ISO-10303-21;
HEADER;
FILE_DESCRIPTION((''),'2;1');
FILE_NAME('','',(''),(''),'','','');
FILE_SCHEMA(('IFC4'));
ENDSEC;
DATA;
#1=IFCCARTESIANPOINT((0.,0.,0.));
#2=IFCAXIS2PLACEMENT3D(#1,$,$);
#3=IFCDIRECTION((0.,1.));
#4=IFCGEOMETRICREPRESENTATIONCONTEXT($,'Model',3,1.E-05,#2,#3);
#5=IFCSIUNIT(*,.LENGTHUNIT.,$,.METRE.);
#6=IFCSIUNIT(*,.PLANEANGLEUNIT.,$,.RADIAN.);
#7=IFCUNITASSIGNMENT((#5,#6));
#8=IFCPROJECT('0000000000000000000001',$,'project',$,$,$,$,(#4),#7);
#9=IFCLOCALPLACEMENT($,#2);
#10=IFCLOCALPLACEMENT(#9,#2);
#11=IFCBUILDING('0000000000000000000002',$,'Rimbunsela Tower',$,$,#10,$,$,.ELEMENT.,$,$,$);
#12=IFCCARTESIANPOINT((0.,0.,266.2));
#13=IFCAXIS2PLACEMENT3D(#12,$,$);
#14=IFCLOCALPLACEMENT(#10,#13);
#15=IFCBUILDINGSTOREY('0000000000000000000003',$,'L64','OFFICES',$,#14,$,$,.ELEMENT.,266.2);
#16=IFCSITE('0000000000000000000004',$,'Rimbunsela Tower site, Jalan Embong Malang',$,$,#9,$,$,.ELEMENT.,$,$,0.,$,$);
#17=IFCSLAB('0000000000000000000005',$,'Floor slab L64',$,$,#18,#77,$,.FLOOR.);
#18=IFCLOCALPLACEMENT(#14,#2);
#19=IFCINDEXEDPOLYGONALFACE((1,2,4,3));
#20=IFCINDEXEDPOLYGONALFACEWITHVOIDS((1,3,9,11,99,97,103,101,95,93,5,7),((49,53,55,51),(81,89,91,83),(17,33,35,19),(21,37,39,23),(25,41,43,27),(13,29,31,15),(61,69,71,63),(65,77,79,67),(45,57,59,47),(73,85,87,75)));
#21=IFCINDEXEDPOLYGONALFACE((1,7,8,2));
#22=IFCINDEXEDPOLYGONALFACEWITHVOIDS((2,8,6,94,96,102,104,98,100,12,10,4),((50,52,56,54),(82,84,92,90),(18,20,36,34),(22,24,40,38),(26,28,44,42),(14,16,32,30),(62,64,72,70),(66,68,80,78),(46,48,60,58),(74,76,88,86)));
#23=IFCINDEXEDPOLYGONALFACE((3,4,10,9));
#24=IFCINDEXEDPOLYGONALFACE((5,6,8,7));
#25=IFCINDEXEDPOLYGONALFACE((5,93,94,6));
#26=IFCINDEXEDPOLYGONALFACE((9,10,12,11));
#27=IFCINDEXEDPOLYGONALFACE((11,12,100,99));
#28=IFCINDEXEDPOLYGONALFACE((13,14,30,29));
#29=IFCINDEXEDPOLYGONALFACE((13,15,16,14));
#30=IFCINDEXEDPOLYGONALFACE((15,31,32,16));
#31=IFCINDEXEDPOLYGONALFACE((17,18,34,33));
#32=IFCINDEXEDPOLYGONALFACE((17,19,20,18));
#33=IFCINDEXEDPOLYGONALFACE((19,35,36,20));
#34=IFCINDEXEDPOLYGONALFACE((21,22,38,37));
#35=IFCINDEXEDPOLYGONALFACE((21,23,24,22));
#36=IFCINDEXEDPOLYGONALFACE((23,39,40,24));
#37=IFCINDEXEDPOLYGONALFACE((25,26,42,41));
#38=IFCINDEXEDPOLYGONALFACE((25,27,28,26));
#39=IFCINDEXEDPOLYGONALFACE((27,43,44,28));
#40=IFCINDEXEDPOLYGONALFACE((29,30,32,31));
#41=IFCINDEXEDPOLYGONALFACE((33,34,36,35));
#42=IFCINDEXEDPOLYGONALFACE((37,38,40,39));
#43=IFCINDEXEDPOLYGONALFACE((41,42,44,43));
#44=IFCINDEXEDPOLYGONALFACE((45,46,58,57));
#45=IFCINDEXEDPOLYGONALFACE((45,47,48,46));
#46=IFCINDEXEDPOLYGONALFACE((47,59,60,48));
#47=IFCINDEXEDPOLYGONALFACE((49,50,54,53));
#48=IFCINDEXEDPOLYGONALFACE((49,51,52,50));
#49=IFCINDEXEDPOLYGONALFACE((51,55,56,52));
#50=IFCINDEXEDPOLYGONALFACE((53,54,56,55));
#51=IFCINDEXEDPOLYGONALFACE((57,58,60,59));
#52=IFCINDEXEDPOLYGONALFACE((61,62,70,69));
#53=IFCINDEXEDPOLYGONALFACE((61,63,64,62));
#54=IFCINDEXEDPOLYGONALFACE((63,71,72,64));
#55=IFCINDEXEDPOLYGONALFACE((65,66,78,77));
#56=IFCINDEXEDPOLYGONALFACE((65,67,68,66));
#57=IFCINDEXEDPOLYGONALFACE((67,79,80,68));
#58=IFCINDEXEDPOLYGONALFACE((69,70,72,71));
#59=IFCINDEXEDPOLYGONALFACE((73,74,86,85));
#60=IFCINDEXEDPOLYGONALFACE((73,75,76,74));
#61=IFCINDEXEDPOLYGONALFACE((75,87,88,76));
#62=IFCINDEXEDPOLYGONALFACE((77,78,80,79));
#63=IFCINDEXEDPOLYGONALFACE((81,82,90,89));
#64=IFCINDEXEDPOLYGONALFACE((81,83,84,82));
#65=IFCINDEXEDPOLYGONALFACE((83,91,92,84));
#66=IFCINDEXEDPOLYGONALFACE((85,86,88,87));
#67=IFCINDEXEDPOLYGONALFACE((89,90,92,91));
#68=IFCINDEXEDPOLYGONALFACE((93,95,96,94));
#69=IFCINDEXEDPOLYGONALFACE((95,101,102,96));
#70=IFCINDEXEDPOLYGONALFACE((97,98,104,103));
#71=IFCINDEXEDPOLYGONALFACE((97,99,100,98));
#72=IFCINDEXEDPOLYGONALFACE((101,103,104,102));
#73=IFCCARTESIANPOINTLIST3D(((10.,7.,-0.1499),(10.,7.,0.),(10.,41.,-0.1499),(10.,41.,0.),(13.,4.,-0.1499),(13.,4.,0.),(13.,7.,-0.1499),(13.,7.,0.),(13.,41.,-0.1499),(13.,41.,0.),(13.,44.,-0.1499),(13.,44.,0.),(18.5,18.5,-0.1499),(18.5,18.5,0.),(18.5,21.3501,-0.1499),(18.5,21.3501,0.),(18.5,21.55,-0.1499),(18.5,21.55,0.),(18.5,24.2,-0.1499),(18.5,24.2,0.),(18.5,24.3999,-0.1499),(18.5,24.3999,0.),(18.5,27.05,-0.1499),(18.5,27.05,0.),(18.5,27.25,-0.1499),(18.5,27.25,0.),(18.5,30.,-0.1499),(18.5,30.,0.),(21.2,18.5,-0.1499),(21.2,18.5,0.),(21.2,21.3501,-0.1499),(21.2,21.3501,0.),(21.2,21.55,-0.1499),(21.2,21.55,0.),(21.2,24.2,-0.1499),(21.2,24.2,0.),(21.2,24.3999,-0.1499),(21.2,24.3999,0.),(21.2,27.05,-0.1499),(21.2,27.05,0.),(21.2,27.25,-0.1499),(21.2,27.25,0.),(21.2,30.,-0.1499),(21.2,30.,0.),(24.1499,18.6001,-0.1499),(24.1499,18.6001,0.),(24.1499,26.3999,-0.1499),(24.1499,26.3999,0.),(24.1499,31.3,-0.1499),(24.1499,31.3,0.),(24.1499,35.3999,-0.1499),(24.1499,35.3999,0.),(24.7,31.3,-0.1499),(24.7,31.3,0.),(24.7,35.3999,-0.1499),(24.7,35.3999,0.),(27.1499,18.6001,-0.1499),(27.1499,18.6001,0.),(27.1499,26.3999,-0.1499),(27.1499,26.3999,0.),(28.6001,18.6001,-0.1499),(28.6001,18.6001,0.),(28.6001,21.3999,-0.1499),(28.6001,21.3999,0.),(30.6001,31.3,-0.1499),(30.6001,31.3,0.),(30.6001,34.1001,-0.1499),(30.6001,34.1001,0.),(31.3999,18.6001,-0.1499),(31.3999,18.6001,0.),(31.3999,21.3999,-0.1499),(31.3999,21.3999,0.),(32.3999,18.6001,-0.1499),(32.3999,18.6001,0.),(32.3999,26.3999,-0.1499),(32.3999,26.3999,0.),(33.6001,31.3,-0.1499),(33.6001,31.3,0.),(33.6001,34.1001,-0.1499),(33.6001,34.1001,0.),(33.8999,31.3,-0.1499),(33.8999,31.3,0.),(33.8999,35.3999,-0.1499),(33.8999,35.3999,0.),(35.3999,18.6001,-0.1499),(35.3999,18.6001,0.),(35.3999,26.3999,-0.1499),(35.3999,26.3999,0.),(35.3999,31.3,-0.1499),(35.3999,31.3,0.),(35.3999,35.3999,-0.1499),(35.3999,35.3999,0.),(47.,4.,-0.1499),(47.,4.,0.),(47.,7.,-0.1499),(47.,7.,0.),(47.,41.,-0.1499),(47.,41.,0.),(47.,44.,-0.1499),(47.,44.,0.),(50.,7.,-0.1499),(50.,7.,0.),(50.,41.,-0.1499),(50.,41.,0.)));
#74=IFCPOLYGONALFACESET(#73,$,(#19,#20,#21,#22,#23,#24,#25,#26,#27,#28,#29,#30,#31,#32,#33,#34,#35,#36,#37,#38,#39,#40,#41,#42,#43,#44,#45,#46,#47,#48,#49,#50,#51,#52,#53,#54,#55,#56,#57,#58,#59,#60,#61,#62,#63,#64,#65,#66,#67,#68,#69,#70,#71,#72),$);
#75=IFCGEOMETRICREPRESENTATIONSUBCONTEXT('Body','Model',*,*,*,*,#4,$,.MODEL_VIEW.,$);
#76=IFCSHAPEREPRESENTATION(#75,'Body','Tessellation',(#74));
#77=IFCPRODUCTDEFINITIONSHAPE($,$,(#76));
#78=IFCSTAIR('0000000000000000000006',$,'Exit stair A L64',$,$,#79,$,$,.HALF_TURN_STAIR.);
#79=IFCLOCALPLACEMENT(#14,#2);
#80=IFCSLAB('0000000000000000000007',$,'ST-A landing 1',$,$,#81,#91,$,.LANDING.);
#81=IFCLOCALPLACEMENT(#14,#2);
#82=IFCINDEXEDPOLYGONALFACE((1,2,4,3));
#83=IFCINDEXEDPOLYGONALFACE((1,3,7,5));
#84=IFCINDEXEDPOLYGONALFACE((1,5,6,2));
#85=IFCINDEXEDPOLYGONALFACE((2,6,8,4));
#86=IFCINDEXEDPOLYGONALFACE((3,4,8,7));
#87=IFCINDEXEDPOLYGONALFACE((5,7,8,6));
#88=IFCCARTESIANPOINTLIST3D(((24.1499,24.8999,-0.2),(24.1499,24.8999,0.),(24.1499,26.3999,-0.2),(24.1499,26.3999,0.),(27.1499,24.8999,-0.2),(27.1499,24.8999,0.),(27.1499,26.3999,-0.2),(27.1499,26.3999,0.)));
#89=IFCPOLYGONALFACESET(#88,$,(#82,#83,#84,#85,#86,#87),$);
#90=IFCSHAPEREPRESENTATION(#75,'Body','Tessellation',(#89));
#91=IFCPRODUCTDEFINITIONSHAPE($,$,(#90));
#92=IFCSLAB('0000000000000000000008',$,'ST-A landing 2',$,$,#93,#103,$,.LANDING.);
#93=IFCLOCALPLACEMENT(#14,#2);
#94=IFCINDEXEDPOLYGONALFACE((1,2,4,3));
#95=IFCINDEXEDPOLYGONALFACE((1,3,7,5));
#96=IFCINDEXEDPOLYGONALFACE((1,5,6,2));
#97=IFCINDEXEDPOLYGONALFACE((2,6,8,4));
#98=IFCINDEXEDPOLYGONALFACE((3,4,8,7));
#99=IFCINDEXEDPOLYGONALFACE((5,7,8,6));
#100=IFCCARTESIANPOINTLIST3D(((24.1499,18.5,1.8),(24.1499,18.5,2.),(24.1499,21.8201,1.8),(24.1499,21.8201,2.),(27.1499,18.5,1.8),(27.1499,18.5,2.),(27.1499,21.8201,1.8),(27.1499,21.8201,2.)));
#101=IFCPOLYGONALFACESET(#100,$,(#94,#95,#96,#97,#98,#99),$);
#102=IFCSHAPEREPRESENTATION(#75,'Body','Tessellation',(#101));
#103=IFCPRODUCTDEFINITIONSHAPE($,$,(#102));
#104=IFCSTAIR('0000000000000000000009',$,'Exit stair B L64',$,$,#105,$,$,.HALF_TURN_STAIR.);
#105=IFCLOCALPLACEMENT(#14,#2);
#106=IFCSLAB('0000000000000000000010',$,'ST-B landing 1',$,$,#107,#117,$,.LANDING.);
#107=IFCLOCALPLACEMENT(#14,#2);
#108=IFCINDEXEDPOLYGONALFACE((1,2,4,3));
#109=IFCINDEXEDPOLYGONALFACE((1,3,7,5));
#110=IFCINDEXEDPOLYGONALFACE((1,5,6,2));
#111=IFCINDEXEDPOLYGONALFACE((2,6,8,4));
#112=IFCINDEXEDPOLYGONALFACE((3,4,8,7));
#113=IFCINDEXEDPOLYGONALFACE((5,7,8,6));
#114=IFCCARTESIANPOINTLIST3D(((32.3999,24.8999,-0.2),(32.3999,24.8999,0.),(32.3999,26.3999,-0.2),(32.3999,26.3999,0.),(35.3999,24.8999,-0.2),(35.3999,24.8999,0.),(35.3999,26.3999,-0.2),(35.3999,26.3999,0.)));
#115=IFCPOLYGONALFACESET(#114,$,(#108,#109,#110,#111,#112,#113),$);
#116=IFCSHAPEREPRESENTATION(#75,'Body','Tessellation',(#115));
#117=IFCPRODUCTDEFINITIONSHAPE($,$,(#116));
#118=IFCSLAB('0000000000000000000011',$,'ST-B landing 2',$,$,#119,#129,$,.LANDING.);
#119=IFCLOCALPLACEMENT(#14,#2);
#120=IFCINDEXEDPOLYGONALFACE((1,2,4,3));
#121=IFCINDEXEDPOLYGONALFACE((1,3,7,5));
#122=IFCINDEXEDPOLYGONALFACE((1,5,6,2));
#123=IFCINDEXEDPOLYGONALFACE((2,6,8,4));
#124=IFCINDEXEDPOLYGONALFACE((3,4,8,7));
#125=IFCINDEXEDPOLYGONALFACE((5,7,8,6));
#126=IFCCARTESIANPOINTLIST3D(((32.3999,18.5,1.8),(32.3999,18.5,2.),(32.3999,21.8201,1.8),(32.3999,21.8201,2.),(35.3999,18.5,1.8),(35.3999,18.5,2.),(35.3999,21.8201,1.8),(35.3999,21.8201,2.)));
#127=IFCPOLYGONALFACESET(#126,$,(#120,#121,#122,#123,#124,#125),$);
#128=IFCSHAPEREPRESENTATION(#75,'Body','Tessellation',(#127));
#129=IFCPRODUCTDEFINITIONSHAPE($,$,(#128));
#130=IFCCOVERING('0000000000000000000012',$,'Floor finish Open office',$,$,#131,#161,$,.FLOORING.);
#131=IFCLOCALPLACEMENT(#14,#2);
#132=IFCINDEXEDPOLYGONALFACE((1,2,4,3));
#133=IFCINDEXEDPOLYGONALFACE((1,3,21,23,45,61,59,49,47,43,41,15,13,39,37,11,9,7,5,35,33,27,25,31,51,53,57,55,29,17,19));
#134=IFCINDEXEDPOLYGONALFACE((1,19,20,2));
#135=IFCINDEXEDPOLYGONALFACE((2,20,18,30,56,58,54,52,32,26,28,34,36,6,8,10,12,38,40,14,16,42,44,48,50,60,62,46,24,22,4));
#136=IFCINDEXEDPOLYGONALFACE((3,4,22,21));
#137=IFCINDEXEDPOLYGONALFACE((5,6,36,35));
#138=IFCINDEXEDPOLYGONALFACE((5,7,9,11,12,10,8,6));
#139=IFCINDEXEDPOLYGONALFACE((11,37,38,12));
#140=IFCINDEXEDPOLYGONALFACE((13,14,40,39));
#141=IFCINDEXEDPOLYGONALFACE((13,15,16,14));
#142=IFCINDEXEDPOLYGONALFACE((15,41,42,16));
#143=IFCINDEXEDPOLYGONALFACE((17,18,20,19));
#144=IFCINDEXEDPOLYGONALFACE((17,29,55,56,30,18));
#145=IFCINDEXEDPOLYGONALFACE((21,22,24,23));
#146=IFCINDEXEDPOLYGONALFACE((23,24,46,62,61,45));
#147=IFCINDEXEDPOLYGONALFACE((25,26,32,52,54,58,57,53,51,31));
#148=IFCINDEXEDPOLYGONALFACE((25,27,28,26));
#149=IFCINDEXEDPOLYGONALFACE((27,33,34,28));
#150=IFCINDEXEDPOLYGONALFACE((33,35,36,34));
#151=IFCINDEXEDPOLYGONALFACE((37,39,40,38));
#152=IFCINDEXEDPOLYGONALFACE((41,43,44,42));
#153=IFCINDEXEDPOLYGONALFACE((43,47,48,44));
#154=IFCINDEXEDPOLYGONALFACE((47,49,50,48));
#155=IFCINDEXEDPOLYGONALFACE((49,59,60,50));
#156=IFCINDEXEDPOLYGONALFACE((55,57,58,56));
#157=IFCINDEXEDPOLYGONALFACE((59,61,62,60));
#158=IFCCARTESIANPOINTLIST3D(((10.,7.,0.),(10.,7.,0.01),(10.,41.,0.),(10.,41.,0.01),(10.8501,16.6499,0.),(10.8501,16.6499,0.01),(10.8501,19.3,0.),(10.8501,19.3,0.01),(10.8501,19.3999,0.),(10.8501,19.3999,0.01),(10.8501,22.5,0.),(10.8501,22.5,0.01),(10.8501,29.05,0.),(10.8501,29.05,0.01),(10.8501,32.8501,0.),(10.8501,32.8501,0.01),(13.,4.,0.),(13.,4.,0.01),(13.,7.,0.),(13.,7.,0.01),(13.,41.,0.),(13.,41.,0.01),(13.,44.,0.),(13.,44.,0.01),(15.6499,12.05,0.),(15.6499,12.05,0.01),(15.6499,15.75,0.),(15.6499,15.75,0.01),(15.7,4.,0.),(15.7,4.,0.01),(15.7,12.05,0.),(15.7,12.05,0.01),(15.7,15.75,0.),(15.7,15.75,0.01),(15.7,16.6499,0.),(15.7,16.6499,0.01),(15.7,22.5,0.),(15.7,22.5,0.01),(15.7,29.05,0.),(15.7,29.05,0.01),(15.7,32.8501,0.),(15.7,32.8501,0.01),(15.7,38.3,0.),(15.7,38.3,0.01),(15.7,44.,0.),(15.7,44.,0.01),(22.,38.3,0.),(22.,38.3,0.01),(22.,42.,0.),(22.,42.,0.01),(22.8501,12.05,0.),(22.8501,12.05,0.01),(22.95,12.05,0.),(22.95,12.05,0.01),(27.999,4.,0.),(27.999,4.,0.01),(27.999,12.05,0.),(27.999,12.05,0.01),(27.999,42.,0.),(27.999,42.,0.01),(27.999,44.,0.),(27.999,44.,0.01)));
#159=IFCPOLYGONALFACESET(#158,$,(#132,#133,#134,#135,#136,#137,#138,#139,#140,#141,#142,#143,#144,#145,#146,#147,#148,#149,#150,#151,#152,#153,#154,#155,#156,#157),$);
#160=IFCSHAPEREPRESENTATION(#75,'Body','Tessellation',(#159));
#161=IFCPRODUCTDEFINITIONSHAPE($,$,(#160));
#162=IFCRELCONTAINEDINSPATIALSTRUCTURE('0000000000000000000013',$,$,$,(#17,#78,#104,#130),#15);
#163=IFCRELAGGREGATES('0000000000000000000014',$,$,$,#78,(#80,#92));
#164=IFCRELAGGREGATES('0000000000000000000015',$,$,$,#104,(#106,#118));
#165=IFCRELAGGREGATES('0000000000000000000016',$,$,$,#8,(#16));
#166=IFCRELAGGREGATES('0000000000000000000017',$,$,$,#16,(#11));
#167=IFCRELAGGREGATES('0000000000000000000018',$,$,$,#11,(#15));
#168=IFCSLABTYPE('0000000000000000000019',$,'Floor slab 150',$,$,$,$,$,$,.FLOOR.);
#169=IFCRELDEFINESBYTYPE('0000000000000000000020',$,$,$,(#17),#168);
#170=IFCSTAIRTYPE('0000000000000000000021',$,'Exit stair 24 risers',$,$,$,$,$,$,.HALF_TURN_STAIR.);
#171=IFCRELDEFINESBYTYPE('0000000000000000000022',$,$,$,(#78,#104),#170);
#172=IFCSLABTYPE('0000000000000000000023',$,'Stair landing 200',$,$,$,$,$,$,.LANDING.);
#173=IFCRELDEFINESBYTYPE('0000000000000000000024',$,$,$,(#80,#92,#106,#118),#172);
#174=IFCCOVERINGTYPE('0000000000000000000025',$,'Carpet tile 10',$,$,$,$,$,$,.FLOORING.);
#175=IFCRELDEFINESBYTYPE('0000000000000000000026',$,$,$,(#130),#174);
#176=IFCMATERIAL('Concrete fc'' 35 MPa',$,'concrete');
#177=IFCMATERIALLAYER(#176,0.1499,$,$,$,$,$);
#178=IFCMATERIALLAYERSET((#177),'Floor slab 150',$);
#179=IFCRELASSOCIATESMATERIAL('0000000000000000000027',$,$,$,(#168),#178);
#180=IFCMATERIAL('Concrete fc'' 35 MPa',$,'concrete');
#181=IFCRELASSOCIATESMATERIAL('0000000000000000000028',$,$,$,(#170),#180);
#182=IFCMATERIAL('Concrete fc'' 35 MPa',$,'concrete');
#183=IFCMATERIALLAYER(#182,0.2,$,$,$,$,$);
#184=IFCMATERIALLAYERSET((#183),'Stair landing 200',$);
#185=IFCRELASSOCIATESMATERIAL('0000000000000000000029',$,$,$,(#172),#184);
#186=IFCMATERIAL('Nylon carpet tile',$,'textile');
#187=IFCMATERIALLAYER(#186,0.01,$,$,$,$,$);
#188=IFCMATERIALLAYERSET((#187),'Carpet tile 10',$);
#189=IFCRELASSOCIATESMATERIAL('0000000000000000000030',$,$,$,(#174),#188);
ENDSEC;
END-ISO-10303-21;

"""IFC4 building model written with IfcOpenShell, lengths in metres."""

from ifc_helpers import new_model, si_unit, direction, frame, origin, place, context, subcontext, project, spatial, polyline, outline, extrude, material, layer, layer_set, type_object, element, aggregate, save


model = new_model("IFC4")

# Units and contexts
model_context = context("Model", 3, precision=1e-05, world=origin(), true_north=direction((0.0, 1.0)))
body_context = subcontext(model_context, "Body", "Model", "MODEL_VIEW")
ifc_project = project(units=[si_unit("LENGTHUNIT", "METRE"), si_unit("PLANEANGLEUNIT", "RADIAN")], contexts=[model_context])

# Site, building, storey
site_placement = place(None, origin())
site = spatial("IfcSite", under=ifc_project, at=site_placement, Name="Rimbunsela Tower site, Jalan Embong Malang", CompositionType="ELEMENT", RefElevation=0.0)
building_placement = place(site_placement, origin())
building = spatial("IfcBuilding", under=site, at=building_placement, Name="Rimbunsela Tower", CompositionType="ELEMENT")
storey_placement = place(building_placement, frame((0.0, 0.0, 266.2)))
storey = spatial("IfcBuildingStorey", under=building, at=storey_placement, Name="L64", Description="OFFICES", CompositionType="ELEMENT", Elevation=266.2)

# Slab
ifc_material_1 = material(Name="Concrete fc' 35 MPa", Category="concrete")
ifc_layer_1 = layer(ifc_material_1, 0.1499)
ifc_layer_set_1 = layer_set([ifc_layer_1], Name="Floor slab 150")
slab_type_1 = type_object("IfcSlabType", Name="Floor slab 150", PredefinedType="FLOOR", material=ifc_layer_set_1)
slab_1_placement = place(storey_placement, frame((0.0, 0.0, -0.1499)))
element("IfcSlab", 1, at=slab_1_placement, inside=storey, type_object=slab_type_1, Name="Floor slab L64", PredefinedType="FLOOR", context=body_context, shape_type="SweptSolid", body=[
    extrude(outline(polyline([(13.0, 4.0), (47.0, 4.0), (47.0, 7.0), (50.0, 7.0), (50.0, 41.0), (47.0, 41.0), (47.0, 44.0), (13.0, 44.0), (13.0, 41.0), (10.0, 41.0), (10.0, 7.0), (13.0, 7.0), (13.0, 4.0)]), holes=[polyline([(21.2, 21.3501), (18.5, 21.3501), (18.5, 18.5), (21.2, 18.5), (21.2, 21.3501)]), polyline([(21.2, 21.55), (21.2, 24.2), (18.5, 24.2), (18.5, 21.55), (21.2, 21.55)]), polyline([(21.2, 27.05), (18.5, 27.05), (18.5, 24.3999), (21.2, 24.3999), (21.2, 27.05)]), polyline([(21.2, 30.0), (18.5, 30.0), (18.5, 27.25), (21.2, 27.25), (21.2, 30.0)]), polyline([(27.1499, 26.3999), (24.1499, 26.3999), (24.1499, 18.6001), (27.1499, 18.6001), (27.1499, 26.3999)]), polyline([(24.7, 31.3), (24.7, 35.3999), (24.1499, 35.3999), (24.1499, 31.3), (24.7, 31.3)]), polyline([(31.3999, 21.3999), (28.6001, 21.3999), (28.6001, 18.6001), (31.3999, 18.6001), (31.3999, 21.3999)]), polyline([(33.6001, 34.1001), (30.6001, 34.1001), (30.6001, 31.3), (33.6001, 31.3), (33.6001, 34.1001)]), polyline([(35.3999, 18.6001), (35.3999, 26.3999), (32.3999, 26.3999), (32.3999, 18.6001), (35.3999, 18.6001)]), polyline([(35.3999, 31.3), (35.3999, 35.3999), (33.8999, 35.3999), (33.8999, 31.3), (35.3999, 31.3)])]), origin(), (0.0, 0.0, 1.0), 0.1499),
])

# Stairs, slabs
ifc_material_2 = material(Name="Concrete fc' 35 MPa", Category="concrete")
stair_type = type_object("IfcStairType", Name="Exit stair 24 risers", PredefinedType="HALF_TURN_STAIR", material=ifc_material_2)
stair_1_placement = place(storey_placement, origin())
stair_1 = element("IfcStair", 2, at=stair_1_placement, inside=storey, type_object=stair_type, Name="Exit stair A L64", PredefinedType="HALF_TURN_STAIR")
ifc_material_3 = material(Name="Concrete fc' 35 MPa", Category="concrete")
ifc_layer_2 = layer(ifc_material_3, 0.2)
ifc_layer_set_2 = layer_set([ifc_layer_2], Name="Stair landing 200")
slab_type_2 = type_object("IfcSlabType", Name="Stair landing 200", PredefinedType="LANDING", material=ifc_layer_set_2)
slab_2_placement = place(storey_placement, frame((0.0, 0.0, -0.2)))
slab_2 = element("IfcSlab", 3, at=slab_2_placement, type_object=slab_type_2, Name="ST-A landing 1", PredefinedType="LANDING", context=body_context, shape_type="SweptSolid", body=[
    extrude(outline(polyline([(24.1499, 24.8999), (27.1499, 24.8999), (27.1499, 26.3999), (24.1499, 26.3999), (24.1499, 24.8999)])), origin(), (0.0, 0.0, 1.0), 0.2),
])
slab_3_placement = place(storey_placement, frame((0.0, 0.0, 1.8)))
slab_3 = element("IfcSlab", 4, at=slab_3_placement, type_object=slab_type_2, Name="ST-A landing 2", PredefinedType="LANDING", context=body_context, shape_type="SweptSolid", body=[
    extrude(outline(polyline([(24.1499, 18.5), (27.1499, 18.5), (27.1499, 21.8201), (24.1499, 21.8201), (24.1499, 18.5)])), origin(), (0.0, 0.0, 1.0), 0.2),
])
aggregate(stair_1, [slab_2, slab_3])
stair_2_placement = place(storey_placement, origin())
stair_2 = element("IfcStair", 5, at=stair_2_placement, inside=storey, type_object=stair_type, Name="Exit stair B L64", PredefinedType="HALF_TURN_STAIR")
slab_4_placement = place(storey_placement, frame((0.0, 0.0, -0.2)))
slab_4 = element("IfcSlab", 6, at=slab_4_placement, type_object=slab_type_2, Name="ST-B landing 1", PredefinedType="LANDING", context=body_context, shape_type="SweptSolid", body=[
    extrude(outline(polyline([(32.3999, 24.8999), (35.3999, 24.8999), (35.3999, 26.3999), (32.3999, 26.3999), (32.3999, 24.8999)])), origin(), (0.0, 0.0, 1.0), 0.2),
])
slab_5_placement = place(storey_placement, frame((0.0, 0.0, 1.8)))
slab_5 = element("IfcSlab", 7, at=slab_5_placement, type_object=slab_type_2, Name="ST-B landing 2", PredefinedType="LANDING", context=body_context, shape_type="SweptSolid", body=[
    extrude(outline(polyline([(32.3999, 18.5), (35.3999, 18.5), (35.3999, 21.8201), (32.3999, 21.8201), (32.3999, 18.5)])), origin(), (0.0, 0.0, 1.0), 0.2),
])
aggregate(stair_2, [slab_4, slab_5])

# Covering
ifc_material_4 = material(Name="Nylon carpet tile", Category="textile")
ifc_layer_3 = layer(ifc_material_4, 0.01)
ifc_layer_set_3 = layer_set([ifc_layer_3], Name="Carpet tile 10")
covering_type_1 = type_object("IfcCoveringType", Name="Carpet tile 10", PredefinedType="FLOORING", material=ifc_layer_set_3)
covering_1_placement = place(storey_placement, origin())
element("IfcCovering", 8, at=covering_1_placement, inside=storey, type_object=covering_type_1, Name="Floor finish Open office", PredefinedType="FLOORING", context=body_context, shape_type="SweptSolid", body=[
    extrude(outline(polyline([(22.95, 12.05), (27.999, 12.05), (27.999, 4.0), (15.7, 4.0), (13.0, 4.0), (13.0, 7.0), (10.0, 7.0), (10.0, 41.0), (13.0, 41.0), (13.0, 44.0), (15.7, 44.0), (27.999, 44.0), (27.999, 42.0), (22.0, 42.0), (22.0, 38.3), (15.7, 38.3), (15.7, 32.8501), (10.8501, 32.8501), (10.8501, 29.05), (15.7, 29.05), (15.7, 22.5), (10.8501, 22.5), (10.8501, 19.3999), (10.8501, 19.3), (10.8501, 16.6499), (15.7, 16.6499), (15.7, 15.75), (15.6499, 15.75), (15.6499, 12.05), (15.7, 12.05), (22.8501, 12.05), (22.95, 12.05)])), origin(), (0.0, 0.0, 1.0), 0.01),
])

save(model, "model.ifc")
